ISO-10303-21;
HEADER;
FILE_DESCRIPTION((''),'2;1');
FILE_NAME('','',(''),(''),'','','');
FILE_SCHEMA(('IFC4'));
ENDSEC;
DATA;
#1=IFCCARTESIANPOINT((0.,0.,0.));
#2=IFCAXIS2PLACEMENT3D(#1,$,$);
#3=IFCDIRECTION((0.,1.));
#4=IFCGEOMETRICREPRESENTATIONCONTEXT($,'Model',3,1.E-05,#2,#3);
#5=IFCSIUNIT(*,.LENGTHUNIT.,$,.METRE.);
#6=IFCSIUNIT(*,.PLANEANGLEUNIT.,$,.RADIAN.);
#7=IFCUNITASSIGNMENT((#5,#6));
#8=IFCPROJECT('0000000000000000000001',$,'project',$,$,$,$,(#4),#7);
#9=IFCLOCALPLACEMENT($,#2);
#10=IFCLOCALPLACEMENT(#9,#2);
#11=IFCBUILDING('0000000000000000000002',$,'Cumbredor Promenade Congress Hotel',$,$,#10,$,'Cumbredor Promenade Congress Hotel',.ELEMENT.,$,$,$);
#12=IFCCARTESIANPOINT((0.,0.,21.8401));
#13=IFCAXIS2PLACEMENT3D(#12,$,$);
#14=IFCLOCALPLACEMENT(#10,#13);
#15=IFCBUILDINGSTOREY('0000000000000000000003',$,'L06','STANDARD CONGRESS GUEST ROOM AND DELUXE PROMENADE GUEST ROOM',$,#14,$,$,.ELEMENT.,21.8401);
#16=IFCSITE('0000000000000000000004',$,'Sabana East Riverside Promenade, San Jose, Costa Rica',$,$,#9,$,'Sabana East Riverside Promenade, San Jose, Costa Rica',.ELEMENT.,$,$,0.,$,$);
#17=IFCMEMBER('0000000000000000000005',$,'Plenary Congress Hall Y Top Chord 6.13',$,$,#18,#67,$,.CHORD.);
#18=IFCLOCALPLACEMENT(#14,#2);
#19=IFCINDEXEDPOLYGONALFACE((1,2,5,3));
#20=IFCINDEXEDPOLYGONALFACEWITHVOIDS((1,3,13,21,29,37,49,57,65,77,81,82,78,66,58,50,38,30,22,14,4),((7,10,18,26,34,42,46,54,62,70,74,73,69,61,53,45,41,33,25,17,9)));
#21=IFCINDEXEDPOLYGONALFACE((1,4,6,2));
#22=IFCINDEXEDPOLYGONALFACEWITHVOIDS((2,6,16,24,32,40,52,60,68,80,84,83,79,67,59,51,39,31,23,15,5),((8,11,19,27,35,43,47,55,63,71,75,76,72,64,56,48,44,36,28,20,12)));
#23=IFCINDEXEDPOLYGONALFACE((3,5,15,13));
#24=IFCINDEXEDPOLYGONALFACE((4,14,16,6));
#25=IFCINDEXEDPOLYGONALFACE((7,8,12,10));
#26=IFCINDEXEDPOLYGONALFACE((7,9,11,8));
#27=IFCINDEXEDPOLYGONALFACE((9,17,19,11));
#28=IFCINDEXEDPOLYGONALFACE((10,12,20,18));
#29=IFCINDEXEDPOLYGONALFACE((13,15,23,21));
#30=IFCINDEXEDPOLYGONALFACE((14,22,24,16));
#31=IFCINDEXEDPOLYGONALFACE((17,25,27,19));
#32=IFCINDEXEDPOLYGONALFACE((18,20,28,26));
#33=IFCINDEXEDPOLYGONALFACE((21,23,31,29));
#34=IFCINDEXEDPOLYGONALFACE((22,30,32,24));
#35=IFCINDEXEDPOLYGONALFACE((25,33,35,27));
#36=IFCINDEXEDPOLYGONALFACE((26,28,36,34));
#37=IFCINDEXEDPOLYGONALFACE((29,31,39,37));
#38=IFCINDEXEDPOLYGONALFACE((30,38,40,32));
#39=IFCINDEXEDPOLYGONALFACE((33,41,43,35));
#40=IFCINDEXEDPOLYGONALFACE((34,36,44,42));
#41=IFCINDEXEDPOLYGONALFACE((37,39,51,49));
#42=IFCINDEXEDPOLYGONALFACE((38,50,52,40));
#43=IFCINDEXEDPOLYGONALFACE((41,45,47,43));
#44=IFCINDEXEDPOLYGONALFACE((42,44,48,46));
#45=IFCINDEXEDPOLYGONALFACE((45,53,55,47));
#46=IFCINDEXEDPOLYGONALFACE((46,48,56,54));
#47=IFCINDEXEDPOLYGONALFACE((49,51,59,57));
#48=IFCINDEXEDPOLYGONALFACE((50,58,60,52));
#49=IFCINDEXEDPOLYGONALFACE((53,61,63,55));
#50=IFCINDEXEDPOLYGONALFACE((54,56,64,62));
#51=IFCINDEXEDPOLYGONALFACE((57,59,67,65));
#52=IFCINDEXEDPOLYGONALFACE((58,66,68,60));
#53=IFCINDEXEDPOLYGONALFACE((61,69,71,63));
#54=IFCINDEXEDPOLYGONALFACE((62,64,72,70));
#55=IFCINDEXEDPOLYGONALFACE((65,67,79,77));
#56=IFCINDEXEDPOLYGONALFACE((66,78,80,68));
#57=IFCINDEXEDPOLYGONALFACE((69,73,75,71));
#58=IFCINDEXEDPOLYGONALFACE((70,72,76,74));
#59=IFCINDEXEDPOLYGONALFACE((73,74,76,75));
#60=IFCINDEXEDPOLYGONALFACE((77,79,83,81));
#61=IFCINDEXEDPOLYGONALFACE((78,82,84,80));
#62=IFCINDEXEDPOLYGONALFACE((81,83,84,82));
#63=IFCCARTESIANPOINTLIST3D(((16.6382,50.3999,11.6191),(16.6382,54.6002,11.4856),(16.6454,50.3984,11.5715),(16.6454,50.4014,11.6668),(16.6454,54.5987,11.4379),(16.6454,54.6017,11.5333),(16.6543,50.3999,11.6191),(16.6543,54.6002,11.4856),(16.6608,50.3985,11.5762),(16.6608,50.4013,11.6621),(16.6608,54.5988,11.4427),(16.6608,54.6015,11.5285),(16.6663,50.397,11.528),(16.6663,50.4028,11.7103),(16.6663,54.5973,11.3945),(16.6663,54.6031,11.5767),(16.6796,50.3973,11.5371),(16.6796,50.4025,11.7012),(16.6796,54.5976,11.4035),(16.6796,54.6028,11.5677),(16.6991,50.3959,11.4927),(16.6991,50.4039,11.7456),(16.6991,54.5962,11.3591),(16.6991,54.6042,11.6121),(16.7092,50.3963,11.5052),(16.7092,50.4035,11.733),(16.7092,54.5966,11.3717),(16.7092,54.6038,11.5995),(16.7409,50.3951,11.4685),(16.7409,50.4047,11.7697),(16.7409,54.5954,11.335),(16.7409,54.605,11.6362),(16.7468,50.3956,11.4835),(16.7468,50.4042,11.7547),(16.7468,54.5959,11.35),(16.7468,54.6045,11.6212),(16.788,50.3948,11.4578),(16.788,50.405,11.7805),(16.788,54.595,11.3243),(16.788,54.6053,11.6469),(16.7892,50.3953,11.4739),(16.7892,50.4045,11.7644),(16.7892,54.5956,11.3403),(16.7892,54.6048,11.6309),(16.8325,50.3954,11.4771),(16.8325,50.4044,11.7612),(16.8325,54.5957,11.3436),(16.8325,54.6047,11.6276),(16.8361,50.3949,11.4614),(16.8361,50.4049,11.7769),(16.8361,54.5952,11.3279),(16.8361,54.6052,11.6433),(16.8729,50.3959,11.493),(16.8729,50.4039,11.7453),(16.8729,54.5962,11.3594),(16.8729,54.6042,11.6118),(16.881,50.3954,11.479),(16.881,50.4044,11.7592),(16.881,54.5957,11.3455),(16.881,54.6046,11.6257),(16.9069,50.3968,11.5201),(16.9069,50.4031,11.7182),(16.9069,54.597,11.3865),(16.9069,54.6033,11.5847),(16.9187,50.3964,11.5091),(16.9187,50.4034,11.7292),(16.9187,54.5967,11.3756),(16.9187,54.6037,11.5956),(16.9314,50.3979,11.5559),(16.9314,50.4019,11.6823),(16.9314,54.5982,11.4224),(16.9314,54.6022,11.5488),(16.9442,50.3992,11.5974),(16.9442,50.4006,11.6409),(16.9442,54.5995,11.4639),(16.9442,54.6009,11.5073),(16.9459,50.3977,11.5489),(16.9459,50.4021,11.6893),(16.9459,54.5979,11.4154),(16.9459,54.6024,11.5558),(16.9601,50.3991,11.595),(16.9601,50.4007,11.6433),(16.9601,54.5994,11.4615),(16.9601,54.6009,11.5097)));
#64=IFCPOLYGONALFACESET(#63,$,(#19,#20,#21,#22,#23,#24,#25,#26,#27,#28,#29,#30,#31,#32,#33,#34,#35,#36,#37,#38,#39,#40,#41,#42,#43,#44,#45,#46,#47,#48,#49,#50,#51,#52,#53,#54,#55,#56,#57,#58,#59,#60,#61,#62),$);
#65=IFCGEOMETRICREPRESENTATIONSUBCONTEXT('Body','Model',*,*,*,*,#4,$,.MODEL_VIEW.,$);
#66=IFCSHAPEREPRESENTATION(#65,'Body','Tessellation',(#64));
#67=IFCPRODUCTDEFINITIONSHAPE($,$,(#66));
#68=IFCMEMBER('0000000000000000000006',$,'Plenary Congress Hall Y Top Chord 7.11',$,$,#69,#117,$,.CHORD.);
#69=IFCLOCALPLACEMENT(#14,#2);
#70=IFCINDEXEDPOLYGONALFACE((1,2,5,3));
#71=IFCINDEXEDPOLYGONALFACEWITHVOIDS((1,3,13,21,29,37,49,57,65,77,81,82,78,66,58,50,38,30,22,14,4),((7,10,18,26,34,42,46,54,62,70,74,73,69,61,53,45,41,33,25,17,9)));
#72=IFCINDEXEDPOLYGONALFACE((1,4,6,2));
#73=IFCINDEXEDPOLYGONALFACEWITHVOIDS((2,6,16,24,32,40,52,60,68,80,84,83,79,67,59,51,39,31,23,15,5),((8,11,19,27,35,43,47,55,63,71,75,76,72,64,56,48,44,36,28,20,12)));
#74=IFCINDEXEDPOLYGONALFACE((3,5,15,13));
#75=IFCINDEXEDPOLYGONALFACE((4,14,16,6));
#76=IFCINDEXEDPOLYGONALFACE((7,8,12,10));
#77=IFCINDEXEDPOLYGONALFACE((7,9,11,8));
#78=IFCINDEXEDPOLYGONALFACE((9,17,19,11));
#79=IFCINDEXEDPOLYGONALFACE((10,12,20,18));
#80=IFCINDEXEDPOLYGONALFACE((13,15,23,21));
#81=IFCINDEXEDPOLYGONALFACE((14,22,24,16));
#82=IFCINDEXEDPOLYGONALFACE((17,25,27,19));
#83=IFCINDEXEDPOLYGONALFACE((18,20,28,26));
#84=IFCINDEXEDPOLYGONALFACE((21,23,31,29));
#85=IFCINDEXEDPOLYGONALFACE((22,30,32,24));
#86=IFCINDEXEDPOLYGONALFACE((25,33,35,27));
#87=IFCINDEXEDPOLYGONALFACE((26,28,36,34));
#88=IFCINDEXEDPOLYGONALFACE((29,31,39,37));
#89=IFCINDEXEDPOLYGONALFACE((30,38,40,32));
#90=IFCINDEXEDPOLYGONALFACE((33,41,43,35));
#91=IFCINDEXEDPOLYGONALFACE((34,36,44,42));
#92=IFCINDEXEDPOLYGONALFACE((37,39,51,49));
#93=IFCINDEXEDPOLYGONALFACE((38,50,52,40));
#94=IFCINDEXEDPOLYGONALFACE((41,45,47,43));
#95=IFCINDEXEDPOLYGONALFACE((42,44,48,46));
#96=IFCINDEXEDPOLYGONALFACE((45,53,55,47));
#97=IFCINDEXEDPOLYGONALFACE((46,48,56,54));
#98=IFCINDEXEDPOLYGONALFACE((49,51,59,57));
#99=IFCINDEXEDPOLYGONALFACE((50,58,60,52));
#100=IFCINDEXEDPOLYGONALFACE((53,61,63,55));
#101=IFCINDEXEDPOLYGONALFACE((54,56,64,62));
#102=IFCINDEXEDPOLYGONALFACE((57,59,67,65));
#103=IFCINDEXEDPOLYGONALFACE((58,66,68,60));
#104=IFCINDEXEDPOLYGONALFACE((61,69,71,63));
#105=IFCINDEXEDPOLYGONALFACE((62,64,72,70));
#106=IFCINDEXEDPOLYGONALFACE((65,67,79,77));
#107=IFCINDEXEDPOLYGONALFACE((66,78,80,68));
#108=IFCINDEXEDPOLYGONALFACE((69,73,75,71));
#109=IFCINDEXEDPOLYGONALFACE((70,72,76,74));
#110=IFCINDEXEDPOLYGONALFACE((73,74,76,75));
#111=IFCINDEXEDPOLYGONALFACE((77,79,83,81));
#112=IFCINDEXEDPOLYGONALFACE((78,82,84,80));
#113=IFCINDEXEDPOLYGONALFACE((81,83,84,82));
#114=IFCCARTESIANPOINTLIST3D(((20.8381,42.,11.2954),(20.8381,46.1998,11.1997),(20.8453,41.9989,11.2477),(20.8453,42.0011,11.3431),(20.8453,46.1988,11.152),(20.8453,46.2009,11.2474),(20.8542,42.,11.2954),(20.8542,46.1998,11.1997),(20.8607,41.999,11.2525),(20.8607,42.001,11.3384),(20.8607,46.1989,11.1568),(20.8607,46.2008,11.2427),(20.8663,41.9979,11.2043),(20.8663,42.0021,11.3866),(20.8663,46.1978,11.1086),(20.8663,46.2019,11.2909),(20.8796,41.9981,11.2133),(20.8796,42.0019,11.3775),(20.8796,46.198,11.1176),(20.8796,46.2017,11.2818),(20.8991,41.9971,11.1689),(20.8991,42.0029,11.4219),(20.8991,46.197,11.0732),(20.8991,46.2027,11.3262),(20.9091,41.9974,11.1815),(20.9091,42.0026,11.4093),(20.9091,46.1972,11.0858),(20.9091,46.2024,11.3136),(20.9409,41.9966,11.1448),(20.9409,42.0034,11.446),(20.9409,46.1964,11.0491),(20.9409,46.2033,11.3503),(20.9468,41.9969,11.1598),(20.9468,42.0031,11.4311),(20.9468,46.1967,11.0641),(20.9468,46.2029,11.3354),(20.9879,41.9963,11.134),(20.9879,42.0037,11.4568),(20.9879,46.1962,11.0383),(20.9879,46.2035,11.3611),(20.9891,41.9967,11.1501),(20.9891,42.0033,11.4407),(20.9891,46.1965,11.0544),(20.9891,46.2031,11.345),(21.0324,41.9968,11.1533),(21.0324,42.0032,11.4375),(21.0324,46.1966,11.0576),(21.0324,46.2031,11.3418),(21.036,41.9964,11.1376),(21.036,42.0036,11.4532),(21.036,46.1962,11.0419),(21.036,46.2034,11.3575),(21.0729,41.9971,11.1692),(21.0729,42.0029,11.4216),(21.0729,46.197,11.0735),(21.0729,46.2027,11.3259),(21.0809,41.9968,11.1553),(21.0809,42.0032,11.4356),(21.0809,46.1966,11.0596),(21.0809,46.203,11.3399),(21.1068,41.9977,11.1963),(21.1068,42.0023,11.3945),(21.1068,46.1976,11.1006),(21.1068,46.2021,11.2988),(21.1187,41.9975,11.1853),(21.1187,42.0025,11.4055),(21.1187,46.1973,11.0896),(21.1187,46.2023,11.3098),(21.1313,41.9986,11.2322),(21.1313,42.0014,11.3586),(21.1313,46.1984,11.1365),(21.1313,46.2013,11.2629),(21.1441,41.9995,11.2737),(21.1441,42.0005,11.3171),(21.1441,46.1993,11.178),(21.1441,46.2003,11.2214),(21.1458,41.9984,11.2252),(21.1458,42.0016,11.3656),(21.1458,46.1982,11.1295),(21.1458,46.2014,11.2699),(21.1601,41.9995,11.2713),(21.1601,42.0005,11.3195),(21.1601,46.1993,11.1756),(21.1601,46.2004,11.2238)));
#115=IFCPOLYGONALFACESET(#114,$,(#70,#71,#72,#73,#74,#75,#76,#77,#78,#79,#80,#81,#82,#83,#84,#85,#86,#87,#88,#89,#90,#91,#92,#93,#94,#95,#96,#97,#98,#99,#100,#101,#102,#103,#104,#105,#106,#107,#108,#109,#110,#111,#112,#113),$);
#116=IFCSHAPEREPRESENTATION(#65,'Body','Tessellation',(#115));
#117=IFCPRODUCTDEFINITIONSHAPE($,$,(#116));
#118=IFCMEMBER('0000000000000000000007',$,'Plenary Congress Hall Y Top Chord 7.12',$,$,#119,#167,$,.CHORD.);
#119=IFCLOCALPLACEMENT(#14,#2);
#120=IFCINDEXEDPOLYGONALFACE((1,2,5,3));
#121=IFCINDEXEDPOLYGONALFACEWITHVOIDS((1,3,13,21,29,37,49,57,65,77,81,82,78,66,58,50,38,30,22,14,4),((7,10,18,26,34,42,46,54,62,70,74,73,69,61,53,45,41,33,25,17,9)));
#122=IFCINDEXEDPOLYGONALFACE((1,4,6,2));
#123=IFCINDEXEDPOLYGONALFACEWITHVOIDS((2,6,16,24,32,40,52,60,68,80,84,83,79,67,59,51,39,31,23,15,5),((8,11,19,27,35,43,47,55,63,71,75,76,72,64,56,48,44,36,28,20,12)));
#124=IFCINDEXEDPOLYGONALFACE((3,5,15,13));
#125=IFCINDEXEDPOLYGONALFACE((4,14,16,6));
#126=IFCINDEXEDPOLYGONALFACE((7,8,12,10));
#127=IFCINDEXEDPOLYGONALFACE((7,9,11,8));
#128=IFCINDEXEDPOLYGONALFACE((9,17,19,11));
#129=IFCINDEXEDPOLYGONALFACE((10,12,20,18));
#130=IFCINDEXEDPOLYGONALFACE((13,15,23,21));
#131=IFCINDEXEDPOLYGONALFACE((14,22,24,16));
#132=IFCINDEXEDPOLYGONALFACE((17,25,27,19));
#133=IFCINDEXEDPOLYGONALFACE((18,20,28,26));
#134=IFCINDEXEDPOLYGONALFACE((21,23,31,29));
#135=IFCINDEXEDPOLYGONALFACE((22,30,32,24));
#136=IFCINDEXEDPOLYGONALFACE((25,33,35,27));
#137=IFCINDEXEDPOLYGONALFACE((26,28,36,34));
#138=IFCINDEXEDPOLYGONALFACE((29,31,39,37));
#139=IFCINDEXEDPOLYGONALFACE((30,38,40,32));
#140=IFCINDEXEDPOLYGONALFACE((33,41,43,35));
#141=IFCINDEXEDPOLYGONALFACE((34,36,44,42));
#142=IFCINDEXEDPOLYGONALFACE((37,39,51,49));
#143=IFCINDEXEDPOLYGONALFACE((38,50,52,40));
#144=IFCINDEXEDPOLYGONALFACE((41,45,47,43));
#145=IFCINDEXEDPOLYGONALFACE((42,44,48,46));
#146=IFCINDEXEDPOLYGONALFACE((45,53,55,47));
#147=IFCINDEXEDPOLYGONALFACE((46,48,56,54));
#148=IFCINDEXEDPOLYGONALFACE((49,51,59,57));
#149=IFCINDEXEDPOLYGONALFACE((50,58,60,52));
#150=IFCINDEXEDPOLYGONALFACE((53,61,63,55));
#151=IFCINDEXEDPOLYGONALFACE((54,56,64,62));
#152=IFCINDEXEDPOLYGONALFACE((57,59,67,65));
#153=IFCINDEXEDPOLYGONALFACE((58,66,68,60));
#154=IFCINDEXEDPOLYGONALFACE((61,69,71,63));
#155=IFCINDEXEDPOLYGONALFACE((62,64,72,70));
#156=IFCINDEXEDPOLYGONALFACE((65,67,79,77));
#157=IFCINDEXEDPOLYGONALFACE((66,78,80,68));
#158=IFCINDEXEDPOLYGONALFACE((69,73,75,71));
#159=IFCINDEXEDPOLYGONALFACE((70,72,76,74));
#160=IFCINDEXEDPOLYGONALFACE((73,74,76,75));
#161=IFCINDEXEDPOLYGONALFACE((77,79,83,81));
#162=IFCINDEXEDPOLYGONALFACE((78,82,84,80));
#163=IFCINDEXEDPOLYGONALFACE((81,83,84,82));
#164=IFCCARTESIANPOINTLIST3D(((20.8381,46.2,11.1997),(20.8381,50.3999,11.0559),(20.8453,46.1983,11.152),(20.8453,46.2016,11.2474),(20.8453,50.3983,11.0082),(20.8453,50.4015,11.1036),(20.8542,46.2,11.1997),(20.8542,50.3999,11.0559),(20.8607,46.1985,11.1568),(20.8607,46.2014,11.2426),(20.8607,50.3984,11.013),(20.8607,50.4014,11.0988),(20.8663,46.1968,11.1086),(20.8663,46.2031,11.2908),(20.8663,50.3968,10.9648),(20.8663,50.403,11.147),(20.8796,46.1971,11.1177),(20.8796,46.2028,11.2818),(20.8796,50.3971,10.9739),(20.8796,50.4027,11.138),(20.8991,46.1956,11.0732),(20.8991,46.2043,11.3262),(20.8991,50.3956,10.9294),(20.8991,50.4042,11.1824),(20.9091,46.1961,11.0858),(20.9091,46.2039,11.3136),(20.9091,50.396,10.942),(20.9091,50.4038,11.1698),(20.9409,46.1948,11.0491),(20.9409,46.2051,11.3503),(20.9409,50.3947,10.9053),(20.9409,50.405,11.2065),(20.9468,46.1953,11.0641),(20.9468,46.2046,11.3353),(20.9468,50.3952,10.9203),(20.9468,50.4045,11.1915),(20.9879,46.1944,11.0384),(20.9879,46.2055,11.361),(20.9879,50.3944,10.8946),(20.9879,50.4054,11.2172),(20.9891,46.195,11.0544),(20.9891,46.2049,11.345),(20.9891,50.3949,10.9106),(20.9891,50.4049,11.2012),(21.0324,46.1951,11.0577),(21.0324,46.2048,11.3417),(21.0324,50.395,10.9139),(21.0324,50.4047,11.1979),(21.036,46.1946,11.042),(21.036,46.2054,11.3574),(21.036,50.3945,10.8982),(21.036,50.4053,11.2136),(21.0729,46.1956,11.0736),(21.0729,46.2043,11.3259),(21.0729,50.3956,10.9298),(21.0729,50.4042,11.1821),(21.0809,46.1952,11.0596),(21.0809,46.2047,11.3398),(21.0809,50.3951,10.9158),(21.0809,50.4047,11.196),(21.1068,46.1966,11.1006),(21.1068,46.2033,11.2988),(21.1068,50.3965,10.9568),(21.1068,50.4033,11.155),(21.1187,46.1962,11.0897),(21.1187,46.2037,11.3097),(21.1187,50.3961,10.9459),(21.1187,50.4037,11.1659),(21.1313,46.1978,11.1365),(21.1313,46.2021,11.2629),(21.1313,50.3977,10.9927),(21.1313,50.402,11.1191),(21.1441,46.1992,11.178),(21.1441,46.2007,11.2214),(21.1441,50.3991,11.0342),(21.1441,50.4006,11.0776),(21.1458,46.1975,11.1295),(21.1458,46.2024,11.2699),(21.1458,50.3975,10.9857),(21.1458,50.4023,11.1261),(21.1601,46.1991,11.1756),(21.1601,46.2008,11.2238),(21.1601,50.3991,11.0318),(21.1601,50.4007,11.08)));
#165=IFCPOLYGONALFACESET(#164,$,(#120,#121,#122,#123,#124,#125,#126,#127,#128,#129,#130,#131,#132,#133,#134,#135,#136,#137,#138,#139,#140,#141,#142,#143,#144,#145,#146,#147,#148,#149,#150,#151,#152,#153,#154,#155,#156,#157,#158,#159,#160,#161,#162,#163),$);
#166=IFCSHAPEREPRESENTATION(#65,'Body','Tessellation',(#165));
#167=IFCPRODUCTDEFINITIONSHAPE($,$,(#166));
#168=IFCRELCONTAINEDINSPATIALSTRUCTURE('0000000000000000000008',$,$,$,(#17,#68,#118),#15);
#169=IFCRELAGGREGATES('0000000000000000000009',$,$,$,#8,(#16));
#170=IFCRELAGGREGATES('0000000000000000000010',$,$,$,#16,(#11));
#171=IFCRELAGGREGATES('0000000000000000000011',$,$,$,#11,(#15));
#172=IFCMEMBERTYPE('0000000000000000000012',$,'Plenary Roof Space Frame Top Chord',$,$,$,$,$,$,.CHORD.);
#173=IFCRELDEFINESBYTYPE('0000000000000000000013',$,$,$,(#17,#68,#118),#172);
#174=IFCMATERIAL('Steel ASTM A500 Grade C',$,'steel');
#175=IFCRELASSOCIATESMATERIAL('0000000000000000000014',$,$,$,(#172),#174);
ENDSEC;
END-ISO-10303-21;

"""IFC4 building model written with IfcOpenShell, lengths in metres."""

from ifc_helpers import new_model, si_unit, direction, frame, origin, origin_2d, place, context, subcontext, project, spatial, hollow_circle, extrude, material, material_profile, profile_set, type_object, element, save


model = new_model("IFC4")

# Units and contexts
model_context = context("Model", 3, precision=1e-05, world=origin(), true_north=direction((0.0, 1.0)))
body_context = subcontext(model_context, "Body", "Model", "MODEL_VIEW")
ifc_project = project(units=[si_unit("LENGTHUNIT", "METRE"), si_unit("PLANEANGLEUNIT", "RADIAN")], contexts=[model_context])

# Site, building, storey
site_placement = place(None, origin())
site = spatial("IfcSite", under=ifc_project, at=site_placement, Name="Sabana East Riverside Promenade, San Jose, Costa Rica", LongName="Sabana East Riverside Promenade, San Jose, Costa Rica", CompositionType="ELEMENT", RefElevation=0.0)
building_placement = place(site_placement, origin())
building = spatial("IfcBuilding", under=site, at=building_placement, Name="Cumbredor Promenade Congress Hotel", LongName="Cumbredor Promenade Congress Hotel", CompositionType="ELEMENT")
storey_placement = place(building_placement, frame((0.0, 0.0, 21.8401)))
storey = spatial("IfcBuildingStorey", under=building, at=storey_placement, Name="L06", Description="STANDARD CONGRESS GUEST ROOM AND DELUXE PROMENADE GUEST ROOM", CompositionType="ELEMENT", Elevation=21.8401)

# Members
ifc_material_1 = material(Name="Steel ASTM A500 Grade C", Category="steel")
ifc_material_profile_1 = material_profile(ifc_material_1, hollow_circle(Radius=0.1619, WallThickness=0.0161, at=origin_2d()), Name="CHS 323.9x16")
ifc_profile_set_1 = profile_set([ifc_material_profile_1], Name="Steel ASTM A500 Grade C")
member_type_1 = type_object("IfcMemberType", Name="Plenary Roof Space Frame Top Chord", PredefinedType="CHORD", material=ifc_profile_set_1)
member_1_placement = place(storey_placement, frame((16.8, 50.3999, 11.6191), z_axis=(0.0, 0.999495, -0.031779), x_axis=(-1.0, 0.0, 0.0)))
element("IfcMember", 1, at=member_1_placement, inside=storey, type_object=member_type_1, Name="Plenary Congress Hall Y Top Chord 6.13", PredefinedType="CHORD", context=body_context, shape_type="SweptSolid", body=[
    extrude(hollow_circle(Radius=0.1619, WallThickness=0.0161, at=origin_2d()), origin(), (0.0, 0.0, 1.0), 4.2024),
])
member_2_placement = place(storey_placement, frame((21.0, 42.0, 11.2954), z_axis=(0.0, 0.99974, -0.022781), x_axis=(-1.0, 0.0, 0.0)))
element("IfcMember", 2, at=member_2_placement, inside=storey, type_object=member_type_1, Name="Plenary Congress Hall Y Top Chord 7.11", PredefinedType="CHORD", context=body_context, shape_type="SweptSolid", body=[
    extrude(hollow_circle(Radius=0.1619, WallThickness=0.0161, at=origin_2d()), origin(), (0.0, 0.0, 1.0), 4.2009),
])
member_3_placement = place(storey_placement, frame((21.0, 46.2, 11.1997), z_axis=(0.0, 0.999414, -0.034218), x_axis=(-1.0, 0.0, 0.0)))
element("IfcMember", 3, at=member_3_placement, inside=storey, type_object=member_type_1, Name="Plenary Congress Hall Y Top Chord 7.12", PredefinedType="CHORD", context=body_context, shape_type="SweptSolid", body=[
    extrude(hollow_circle(Radius=0.1619, WallThickness=0.0161, at=origin_2d()), origin(), (0.0, 0.0, 1.0), 4.2024),
])

save(model, "model.ifc")
